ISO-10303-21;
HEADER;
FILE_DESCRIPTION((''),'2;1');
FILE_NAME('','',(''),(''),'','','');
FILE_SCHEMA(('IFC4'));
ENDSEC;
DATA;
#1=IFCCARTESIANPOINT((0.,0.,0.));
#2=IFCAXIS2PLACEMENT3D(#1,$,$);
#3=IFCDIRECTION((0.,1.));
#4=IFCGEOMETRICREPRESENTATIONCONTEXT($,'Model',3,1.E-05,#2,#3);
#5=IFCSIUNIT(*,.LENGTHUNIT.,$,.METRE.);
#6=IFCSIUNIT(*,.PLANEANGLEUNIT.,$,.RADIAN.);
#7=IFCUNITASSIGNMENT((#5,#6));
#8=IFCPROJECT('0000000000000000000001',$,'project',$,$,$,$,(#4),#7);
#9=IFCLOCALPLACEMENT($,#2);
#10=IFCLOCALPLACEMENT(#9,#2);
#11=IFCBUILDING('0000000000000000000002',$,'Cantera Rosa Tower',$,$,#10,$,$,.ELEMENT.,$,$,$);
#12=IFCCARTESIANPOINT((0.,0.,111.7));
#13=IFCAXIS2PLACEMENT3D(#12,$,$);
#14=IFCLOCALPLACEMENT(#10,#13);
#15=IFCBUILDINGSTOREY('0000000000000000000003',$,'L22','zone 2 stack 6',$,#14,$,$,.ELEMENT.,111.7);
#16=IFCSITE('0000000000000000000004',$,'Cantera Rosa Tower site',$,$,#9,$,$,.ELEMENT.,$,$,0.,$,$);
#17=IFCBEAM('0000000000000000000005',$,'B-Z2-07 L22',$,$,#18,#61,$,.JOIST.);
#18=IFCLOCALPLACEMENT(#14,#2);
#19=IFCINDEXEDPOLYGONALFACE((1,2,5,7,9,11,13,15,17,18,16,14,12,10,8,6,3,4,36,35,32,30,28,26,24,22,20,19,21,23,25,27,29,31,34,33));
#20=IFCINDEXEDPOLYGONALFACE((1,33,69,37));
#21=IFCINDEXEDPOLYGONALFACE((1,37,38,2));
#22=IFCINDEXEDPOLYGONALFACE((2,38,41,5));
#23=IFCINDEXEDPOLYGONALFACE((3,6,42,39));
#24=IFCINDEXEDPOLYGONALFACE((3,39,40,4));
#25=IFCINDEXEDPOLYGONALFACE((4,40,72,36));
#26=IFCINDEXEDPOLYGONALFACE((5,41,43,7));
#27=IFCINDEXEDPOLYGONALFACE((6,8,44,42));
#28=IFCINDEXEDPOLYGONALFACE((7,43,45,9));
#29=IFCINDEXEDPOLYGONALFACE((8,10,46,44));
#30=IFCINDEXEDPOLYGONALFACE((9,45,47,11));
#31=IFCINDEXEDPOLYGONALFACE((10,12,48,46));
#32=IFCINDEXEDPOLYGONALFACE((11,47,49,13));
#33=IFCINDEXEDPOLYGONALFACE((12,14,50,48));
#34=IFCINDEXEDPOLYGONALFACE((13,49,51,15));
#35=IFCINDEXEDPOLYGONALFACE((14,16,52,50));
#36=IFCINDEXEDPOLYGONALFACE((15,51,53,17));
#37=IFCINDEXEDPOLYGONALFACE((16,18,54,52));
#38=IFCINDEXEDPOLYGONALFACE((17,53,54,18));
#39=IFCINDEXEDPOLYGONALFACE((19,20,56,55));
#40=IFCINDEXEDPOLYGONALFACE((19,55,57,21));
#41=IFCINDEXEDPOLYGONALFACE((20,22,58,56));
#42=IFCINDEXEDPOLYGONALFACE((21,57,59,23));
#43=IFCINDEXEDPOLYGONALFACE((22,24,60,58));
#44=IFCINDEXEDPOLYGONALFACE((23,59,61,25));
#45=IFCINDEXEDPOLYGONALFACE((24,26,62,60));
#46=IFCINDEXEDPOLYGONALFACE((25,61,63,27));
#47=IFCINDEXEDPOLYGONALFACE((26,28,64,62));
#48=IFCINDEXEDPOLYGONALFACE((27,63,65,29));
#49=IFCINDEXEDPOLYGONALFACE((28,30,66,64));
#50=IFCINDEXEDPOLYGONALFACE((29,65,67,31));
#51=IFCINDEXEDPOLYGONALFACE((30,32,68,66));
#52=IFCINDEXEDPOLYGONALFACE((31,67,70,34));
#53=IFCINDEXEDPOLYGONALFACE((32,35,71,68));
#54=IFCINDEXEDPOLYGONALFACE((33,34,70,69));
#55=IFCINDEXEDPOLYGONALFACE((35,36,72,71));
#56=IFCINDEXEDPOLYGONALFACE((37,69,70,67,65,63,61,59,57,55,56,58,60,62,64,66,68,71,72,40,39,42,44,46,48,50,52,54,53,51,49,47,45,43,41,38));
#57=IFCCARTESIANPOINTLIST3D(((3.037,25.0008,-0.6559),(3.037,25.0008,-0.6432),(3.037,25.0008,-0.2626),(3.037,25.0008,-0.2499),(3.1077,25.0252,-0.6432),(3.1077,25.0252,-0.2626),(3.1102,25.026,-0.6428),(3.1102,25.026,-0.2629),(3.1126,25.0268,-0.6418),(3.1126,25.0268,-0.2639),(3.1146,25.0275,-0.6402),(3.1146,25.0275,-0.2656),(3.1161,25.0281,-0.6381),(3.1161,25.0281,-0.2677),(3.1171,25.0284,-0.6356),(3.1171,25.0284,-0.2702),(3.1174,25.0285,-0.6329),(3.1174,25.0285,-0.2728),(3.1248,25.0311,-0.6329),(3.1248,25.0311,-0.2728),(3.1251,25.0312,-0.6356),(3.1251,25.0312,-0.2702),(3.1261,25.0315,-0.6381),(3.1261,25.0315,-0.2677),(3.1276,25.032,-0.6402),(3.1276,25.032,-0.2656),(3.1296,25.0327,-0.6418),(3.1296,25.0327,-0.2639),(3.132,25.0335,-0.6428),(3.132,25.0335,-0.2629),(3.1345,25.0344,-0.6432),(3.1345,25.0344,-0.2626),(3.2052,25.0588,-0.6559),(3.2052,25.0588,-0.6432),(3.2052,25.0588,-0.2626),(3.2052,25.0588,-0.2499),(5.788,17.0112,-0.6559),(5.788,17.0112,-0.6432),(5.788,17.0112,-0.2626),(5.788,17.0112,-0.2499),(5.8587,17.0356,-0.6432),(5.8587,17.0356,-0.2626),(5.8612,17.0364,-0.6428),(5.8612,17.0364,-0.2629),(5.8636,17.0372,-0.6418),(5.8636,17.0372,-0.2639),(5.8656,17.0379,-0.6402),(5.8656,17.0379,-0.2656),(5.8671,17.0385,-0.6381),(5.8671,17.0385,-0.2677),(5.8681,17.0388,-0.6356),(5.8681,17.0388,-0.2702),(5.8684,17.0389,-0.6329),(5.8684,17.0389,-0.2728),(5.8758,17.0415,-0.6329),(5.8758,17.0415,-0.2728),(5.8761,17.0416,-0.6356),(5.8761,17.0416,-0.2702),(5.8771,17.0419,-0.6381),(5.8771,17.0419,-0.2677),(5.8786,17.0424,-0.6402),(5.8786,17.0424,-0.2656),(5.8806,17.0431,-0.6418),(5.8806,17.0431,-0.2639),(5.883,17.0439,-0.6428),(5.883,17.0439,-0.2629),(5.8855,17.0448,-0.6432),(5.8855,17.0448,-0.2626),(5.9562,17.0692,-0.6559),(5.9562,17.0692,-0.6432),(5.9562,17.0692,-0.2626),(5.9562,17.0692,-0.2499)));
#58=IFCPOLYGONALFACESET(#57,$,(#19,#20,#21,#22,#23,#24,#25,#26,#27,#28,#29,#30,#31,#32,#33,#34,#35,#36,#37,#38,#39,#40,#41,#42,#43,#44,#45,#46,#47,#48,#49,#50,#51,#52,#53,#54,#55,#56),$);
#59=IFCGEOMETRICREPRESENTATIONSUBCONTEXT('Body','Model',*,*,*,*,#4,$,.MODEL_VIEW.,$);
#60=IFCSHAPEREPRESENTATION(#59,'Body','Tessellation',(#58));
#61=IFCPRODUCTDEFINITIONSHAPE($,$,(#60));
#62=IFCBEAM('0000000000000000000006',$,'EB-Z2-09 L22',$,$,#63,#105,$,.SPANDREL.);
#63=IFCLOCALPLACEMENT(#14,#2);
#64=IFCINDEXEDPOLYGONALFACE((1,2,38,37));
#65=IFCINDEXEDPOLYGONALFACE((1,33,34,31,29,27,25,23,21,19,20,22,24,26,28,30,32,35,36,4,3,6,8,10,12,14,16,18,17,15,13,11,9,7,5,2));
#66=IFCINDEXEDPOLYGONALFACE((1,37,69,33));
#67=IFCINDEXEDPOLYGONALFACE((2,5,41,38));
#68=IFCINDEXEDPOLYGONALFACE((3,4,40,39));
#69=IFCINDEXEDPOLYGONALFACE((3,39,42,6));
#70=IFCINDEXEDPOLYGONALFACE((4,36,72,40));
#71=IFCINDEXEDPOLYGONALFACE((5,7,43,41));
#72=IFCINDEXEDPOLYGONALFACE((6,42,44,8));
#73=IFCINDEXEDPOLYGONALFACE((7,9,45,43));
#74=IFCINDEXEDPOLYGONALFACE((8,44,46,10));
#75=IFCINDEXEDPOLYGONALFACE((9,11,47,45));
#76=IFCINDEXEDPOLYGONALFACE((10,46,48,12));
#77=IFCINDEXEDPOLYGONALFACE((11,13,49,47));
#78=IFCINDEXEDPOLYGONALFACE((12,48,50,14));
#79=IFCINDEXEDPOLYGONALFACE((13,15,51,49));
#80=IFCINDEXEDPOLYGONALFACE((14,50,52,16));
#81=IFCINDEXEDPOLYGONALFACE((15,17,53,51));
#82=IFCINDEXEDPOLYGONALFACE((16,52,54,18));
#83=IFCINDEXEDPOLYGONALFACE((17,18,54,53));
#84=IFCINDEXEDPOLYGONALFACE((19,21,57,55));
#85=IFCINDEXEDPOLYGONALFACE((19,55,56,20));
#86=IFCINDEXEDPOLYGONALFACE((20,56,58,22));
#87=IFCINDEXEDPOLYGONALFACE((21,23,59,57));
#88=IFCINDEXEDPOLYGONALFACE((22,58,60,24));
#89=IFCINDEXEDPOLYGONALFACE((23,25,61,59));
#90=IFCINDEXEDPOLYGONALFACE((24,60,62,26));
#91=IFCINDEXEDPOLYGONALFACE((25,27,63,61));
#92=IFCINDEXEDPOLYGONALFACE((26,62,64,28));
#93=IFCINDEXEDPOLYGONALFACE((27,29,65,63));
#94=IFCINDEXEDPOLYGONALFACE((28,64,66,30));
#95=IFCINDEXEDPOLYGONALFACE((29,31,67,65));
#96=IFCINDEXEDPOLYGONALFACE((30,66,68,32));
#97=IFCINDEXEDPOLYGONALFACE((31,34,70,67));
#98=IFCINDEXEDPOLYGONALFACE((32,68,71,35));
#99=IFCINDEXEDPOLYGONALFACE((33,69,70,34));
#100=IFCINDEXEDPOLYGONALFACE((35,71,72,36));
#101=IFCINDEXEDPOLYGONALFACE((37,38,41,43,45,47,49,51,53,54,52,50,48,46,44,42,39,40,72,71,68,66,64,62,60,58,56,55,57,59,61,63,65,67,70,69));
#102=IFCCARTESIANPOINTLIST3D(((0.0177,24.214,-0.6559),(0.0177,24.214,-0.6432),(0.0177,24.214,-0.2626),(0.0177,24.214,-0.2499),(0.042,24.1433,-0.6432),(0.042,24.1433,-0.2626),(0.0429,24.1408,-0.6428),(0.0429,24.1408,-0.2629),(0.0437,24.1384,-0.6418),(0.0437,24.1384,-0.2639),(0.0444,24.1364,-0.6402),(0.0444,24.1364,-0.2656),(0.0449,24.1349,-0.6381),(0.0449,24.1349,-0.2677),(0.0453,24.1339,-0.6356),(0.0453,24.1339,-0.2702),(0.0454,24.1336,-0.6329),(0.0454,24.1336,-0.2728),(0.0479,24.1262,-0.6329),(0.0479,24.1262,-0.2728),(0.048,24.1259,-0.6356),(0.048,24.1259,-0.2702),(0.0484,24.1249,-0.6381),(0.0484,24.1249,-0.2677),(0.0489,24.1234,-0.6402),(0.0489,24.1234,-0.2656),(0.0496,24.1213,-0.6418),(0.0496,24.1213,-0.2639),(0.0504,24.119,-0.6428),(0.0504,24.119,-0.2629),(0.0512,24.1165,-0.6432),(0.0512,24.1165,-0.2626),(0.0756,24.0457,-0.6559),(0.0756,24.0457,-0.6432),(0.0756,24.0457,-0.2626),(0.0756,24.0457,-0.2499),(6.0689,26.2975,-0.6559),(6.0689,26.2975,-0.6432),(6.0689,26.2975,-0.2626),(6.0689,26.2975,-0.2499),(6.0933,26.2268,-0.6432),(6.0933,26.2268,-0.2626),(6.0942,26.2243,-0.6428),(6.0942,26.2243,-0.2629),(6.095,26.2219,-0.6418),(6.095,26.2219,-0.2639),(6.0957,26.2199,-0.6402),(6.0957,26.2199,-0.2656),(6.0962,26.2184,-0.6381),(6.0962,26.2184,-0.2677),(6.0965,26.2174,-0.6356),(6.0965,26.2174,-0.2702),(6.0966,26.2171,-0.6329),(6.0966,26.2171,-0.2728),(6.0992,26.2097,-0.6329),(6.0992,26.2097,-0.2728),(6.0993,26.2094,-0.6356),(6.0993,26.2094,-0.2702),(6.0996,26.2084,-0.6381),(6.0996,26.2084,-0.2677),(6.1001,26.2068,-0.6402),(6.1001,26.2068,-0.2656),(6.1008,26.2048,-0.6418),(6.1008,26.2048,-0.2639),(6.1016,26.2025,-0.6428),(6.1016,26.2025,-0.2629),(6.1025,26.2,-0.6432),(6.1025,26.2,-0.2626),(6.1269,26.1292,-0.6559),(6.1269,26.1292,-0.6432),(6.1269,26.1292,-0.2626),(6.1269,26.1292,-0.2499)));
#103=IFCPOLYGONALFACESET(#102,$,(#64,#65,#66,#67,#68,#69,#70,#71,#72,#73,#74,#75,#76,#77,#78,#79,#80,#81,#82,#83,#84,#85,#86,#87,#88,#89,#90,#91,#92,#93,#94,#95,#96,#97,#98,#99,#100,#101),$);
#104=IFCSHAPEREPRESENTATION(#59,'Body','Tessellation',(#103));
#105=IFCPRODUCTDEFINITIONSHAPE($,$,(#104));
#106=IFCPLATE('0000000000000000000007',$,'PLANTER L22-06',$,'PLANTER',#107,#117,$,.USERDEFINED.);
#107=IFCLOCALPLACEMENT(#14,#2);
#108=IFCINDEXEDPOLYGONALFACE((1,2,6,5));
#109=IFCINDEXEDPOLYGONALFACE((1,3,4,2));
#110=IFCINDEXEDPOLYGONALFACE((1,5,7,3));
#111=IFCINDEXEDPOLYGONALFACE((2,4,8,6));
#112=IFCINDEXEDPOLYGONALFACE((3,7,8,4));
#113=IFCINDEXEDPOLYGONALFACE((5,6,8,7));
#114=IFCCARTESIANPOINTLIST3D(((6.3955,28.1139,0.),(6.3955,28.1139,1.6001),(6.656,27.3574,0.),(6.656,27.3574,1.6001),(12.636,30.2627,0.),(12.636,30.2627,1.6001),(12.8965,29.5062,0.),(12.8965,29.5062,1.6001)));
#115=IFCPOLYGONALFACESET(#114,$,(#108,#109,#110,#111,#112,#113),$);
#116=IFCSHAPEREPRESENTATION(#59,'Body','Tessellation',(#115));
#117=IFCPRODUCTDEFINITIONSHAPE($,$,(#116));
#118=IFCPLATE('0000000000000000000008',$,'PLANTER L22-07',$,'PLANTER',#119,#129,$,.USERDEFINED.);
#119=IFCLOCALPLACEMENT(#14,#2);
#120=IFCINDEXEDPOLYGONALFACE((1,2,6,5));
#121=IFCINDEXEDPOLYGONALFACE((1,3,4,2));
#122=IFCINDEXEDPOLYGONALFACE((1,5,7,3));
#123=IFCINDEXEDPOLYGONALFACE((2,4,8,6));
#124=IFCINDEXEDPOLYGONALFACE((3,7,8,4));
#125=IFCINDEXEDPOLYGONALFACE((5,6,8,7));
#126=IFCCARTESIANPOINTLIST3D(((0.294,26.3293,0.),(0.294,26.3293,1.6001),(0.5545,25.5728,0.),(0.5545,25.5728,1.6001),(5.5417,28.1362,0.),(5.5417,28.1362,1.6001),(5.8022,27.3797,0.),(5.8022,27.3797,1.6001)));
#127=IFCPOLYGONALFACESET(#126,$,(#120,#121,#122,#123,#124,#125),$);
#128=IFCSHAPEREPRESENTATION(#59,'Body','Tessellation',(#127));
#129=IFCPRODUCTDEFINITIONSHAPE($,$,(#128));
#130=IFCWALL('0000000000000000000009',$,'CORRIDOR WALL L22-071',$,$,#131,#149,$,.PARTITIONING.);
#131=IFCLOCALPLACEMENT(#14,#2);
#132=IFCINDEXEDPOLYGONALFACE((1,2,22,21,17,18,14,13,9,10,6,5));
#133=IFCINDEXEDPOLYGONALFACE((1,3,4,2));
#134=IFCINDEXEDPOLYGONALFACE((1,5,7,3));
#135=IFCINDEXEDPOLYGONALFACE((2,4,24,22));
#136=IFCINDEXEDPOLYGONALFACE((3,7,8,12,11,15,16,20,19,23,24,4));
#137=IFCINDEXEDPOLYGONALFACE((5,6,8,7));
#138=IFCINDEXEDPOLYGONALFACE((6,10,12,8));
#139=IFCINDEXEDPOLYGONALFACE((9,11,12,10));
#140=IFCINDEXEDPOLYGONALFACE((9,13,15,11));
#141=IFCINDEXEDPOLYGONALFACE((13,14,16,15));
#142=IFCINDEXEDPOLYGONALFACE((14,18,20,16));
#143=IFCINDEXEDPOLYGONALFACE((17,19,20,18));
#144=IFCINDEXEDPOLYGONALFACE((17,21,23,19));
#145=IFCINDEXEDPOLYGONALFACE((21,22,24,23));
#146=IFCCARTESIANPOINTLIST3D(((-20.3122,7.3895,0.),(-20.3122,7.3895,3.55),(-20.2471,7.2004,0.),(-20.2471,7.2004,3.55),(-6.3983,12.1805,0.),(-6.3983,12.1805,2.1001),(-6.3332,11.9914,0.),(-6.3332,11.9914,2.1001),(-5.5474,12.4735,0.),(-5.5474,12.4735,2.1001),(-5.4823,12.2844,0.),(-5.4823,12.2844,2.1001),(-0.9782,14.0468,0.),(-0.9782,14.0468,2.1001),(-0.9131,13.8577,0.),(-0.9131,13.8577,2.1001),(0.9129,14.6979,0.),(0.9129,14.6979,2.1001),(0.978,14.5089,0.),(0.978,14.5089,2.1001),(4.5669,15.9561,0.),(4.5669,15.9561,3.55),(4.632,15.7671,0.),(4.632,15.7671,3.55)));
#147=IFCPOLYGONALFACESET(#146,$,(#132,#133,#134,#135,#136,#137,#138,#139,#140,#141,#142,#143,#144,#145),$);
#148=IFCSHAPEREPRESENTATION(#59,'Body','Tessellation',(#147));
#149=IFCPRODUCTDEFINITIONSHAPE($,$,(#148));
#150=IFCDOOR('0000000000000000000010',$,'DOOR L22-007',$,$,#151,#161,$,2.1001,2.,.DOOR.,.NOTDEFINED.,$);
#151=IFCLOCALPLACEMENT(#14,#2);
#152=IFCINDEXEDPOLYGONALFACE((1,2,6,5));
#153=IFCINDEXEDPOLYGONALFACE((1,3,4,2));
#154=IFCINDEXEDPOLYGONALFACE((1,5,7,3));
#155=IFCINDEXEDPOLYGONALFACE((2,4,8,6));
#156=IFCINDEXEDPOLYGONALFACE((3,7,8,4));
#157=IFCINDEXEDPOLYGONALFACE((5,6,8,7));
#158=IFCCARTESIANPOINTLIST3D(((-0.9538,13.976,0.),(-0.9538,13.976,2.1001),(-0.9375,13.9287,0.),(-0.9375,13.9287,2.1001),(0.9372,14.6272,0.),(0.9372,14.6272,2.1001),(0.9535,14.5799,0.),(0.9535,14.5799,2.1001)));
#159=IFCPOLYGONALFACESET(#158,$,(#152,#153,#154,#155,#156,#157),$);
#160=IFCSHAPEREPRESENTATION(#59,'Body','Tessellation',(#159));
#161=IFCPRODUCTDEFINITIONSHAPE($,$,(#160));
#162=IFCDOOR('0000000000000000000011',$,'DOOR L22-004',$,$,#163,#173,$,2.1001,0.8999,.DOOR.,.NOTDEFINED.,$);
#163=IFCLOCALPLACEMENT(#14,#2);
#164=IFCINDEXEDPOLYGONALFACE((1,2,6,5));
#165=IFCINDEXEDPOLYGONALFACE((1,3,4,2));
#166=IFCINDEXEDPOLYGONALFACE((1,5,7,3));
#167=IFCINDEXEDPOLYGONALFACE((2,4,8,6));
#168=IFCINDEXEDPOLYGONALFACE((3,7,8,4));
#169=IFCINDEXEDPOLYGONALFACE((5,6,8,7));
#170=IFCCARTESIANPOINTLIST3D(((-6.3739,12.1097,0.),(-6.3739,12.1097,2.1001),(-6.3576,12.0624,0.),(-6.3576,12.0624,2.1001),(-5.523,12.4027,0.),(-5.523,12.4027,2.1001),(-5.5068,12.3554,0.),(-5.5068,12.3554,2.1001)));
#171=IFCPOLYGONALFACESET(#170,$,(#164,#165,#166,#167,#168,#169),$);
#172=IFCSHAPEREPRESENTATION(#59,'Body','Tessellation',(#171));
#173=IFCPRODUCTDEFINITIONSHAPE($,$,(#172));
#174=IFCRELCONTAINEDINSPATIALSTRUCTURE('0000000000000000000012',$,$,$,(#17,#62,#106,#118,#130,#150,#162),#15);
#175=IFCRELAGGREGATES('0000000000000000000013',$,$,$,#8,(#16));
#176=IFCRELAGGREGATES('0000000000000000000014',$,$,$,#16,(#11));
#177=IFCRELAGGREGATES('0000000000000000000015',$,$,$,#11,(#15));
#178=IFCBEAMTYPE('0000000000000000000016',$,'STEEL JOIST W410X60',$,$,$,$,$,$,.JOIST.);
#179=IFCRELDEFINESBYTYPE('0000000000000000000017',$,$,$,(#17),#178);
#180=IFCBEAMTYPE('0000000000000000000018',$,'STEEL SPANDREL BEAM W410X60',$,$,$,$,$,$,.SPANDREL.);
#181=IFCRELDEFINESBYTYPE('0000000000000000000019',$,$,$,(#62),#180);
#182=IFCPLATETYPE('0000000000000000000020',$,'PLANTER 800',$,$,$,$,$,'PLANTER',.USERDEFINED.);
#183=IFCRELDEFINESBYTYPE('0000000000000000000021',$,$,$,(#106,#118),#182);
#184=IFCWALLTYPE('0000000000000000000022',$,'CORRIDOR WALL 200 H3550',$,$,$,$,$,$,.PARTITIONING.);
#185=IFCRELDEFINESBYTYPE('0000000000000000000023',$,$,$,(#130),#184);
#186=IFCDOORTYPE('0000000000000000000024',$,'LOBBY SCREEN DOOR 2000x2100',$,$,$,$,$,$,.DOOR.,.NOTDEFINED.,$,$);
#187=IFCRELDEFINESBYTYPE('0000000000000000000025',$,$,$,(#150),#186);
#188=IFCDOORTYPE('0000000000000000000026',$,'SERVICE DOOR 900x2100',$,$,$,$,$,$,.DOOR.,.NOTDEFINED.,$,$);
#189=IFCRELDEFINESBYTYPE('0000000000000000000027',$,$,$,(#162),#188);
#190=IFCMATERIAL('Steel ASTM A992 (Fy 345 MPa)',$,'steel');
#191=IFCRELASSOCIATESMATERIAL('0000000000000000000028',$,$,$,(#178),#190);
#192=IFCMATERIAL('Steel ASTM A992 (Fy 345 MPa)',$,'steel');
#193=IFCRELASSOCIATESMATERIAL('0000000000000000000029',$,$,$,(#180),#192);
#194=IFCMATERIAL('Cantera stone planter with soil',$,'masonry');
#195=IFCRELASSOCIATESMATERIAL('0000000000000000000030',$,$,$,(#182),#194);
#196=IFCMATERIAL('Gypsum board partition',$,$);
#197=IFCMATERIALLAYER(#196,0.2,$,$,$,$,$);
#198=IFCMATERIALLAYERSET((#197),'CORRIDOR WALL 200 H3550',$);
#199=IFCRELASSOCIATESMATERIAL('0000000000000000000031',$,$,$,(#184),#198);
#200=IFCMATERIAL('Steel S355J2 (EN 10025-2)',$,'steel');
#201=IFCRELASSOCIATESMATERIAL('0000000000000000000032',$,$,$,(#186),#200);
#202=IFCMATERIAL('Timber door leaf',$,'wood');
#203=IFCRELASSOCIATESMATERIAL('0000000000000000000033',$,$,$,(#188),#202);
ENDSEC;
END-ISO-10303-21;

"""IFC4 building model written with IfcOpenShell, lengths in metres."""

from ifc_helpers import new_model, si_unit, direction, frame, frame_2d, origin, origin_2d, place, context, subcontext, project, spatial, rectangle, i_section, extrude, material, layer, layer_set, material_profile, profile_set, type_object, element, fill, save


model = new_model("IFC4")

# Units and contexts
model_context = context("Model", 3, precision=1e-05, world=origin(), true_north=direction((0.0, 1.0)))
body_context = subcontext(model_context, "Body", "Model", "MODEL_VIEW")
ifc_project = project(units=[si_unit("LENGTHUNIT", "METRE"), si_unit("PLANEANGLEUNIT", "RADIAN")], contexts=[model_context])

# Site, building, storey
site_placement = place(None, origin())
site = spatial("IfcSite", under=ifc_project, at=site_placement, Name="Cantera Rosa Tower site", CompositionType="ELEMENT", RefElevation=0.0)
building_placement = place(site_placement, origin())
building = spatial("IfcBuilding", under=site, at=building_placement, Name="Cantera Rosa Tower", CompositionType="ELEMENT")
storey_placement = place(building_placement, frame((0.0, 0.0, 111.7)))
storey = spatial("IfcBuildingStorey", under=building, at=storey_placement, Name="L22", Description="zone 2 stack 6", CompositionType="ELEMENT", Elevation=111.7)

# Beams
ifc_material_1 = material(Name="Steel ASTM A992 (Fy 345 MPa)", Category="steel")
ifc_material_profile_1 = material_profile(ifc_material_1, i_section(OverallWidth=0.178, OverallDepth=0.406, WebThickness=0.0078, FlangeThickness=0.0127, FilletRadius=0.0103, at=origin_2d()), Name="W410X60")
ifc_profile_set_1 = profile_set([ifc_material_profile_1], Name="Steel ASTM A992 (Fy 345 MPa)")
beam_type_1 = type_object("IfcBeamType", Name="STEEL JOIST W410X60", PredefinedType="JOIST", material=ifc_profile_set_1)
beam_1_placement = place(storey_placement, frame((3.1211, 25.0298, -0.4529), z_axis=(0.325565, -0.94552, 0.0), x_axis=(0.94552, 0.325565, 0.0)))
element("IfcBeam", 1, at=beam_1_placement, inside=storey, type_object=beam_type_1, Name="B-Z2-07 L22", PredefinedType="JOIST", context=body_context, shape_type="SweptSolid", body=[
    extrude(i_section(OverallWidth=0.178, OverallDepth=0.406, WebThickness=0.0078, FlangeThickness=0.0127, FilletRadius=0.0103, at=origin_2d()), origin(), (0.0, 0.0, 1.0), 8.45),
])
ifc_material_2 = material(Name="Steel ASTM A992 (Fy 345 MPa)", Category="steel")
ifc_material_profile_2 = material_profile(ifc_material_2, i_section(OverallWidth=0.178, OverallDepth=0.406, WebThickness=0.0078, FlangeThickness=0.0127, FilletRadius=0.0103, at=origin_2d()), Name="W410X60")
ifc_profile_set_2 = profile_set([ifc_material_profile_2], Name="Steel ASTM A992 (Fy 345 MPa)")
beam_type_2 = type_object("IfcBeamType", Name="STEEL SPANDREL BEAM W410X60", PredefinedType="SPANDREL", material=ifc_profile_set_2)
beam_2_placement = place(storey_placement, frame((6.0979, 26.2134, -0.4529), z_axis=(-0.945524, -0.325551, 0.0), x_axis=(0.325551, -0.945524, 0.0)))
element("IfcBeam", 2, at=beam_2_placement, inside=storey, type_object=beam_type_2, Name="EB-Z2-09 L22", PredefinedType="SPANDREL", context=body_context, shape_type="SweptSolid", body=[
    extrude(i_section(OverallWidth=0.178, OverallDepth=0.406, WebThickness=0.0078, FlangeThickness=0.0127, FilletRadius=0.0103, at=origin_2d()), origin(), (0.0, 0.0, 1.0), 6.3999),
])

# Plates
ifc_material_3 = material(Name="Cantera stone planter with soil", Category="masonry")
plate_type = type_object("IfcPlateType", Name="PLANTER 800", ElementType="PLANTER", PredefinedType="USERDEFINED", material=ifc_material_3)
plate_1_placement = place(storey_placement, frame((9.646, 28.8101, 0.0), z_axis=(0.0, 0.0, 1.0), x_axis=(-0.945519, -0.325568, 0.0)))
element("IfcPlate", 3, at=plate_1_placement, inside=storey, type_object=plate_type, Name="PLANTER L22-06", ObjectType="PLANTER", PredefinedType="USERDEFINED", context=body_context, shape_type="SweptSolid", body=[
    extrude(rectangle(XDim=6.6001, YDim=0.8, at=origin_2d()), origin(), (0.0, 0.0, 1.0), 1.6001),
])
plate_2_placement = place(storey_placement, frame((3.0481, 26.8545, 0.0), z_axis=(0.0, 0.0, 1.0), x_axis=(-0.945519, -0.325568, 0.0)))
element("IfcPlate", 4, at=plate_2_placement, inside=storey, type_object=plate_type, Name="PLANTER L22-07", ObjectType="PLANTER", PredefinedType="USERDEFINED", context=body_context, shape_type="SweptSolid", body=[
    extrude(rectangle(XDim=5.55, YDim=0.8, at=origin_2d()), origin(), (0.0, 0.0, 1.0), 1.6001),
])

# Wall, openings, doors
ifc_material_4 = material(Name="Gypsum board partition")
ifc_layer_1 = layer(ifc_material_4, 0.2)
ifc_layer_set_1 = layer_set([ifc_layer_1], Name="CORRIDOR WALL 200 H3550")
wall_type_1 = type_object("IfcWallType", Name="CORRIDOR WALL 200 H3550", PredefinedType="PARTITIONING", material=ifc_layer_set_1)
wall_1_placement = place(storey_placement, frame((4.5994, 15.8616, 0.0), z_axis=(0.0, 0.0, 1.0), x_axis=(-0.945518, -0.325571, 0.0)))
wall_1 = element("IfcWall", 5, at=wall_1_placement, inside=storey, type_object=wall_type_1, Name="CORRIDOR WALL L22-071", PredefinedType="PARTITIONING", context=body_context, shape_type="SweptSolid", body=[
    extrude(rectangle(XDim=26.3127, YDim=0.2, at=frame_2d((13.1562, 0.0))), origin(), (0.0, 0.0, 1.0), 3.55),
])
opening_1_placement = place(wall_1_placement, frame((10.697, 0.0, 0.0)))
opening_1 = element("IfcOpeningElement", 6, at=opening_1_placement, cuts=wall_1, PredefinedType="OPENING", context=body_context, shape_type="SweptSolid", body=[
    extrude(rectangle(XDim=0.8999, YDim=2.1001, at=frame_2d((0.45, 1.05))), frame((0.0, 0.1099, 0.0), z_axis=(0.0, -1.0, 0.0), x_axis=(1.0, 0.0, 0.0)), (0.0, 0.0, 1.0), 0.22),
])
opening_2_placement = place(wall_1_placement, frame((3.8645, 0.0, 0.0)))
opening_2 = element("IfcOpeningElement", 7, at=opening_2_placement, cuts=wall_1, PredefinedType="OPENING", context=body_context, shape_type="SweptSolid", body=[
    extrude(rectangle(XDim=2.0, YDim=2.1001, at=frame_2d((1.0, 1.05))), frame((0.0, 0.1099, 0.0), z_axis=(0.0, -1.0, 0.0), x_axis=(1.0, 0.0, 0.0)), (0.0, 0.0, 1.0), 0.22),
])
ifc_material_5 = material(Name="Steel S355J2 (EN 10025-2)", Category="steel")
door_type_1 = type_object("IfcDoorType", Name="LOBBY SCREEN DOOR 2000x2100", OperationType="NOTDEFINED", PredefinedType="DOOR", material=ifc_material_5)
door_1_placement = place(opening_2_placement, origin())
door_1 = element("IfcDoor", 8, at=door_1_placement, inside=storey, type_object=door_type_1, Name="DOOR L22-007", OperationType="NOTDEFINED", OverallHeight=2.1001, OverallWidth=2.0, PredefinedType="DOOR", context=body_context, shape_type="SweptSolid", body=[
    extrude(rectangle(XDim=2.0, YDim=2.1001, at=frame_2d((1.0, 1.05))), frame((0.0, 0.0249, 0.0), z_axis=(0.0, -1.0, 0.0), x_axis=(1.0, 0.0, 0.0)), (0.0, 0.0, 1.0), 0.05),
])
fill(opening_2, door_1)
ifc_material_6 = material(Name="Timber door leaf", Category="wood")
door_type_2 = type_object("IfcDoorType", Name="SERVICE DOOR 900x2100", OperationType="NOTDEFINED", PredefinedType="DOOR", material=ifc_material_6)
door_2_placement = place(opening_1_placement, origin())
door_2 = element("IfcDoor", 9, at=door_2_placement, inside=storey, type_object=door_type_2, Name="DOOR L22-004", OperationType="NOTDEFINED", OverallHeight=2.1001, OverallWidth=0.8999, PredefinedType="DOOR", context=body_context, shape_type="SweptSolid", body=[
    extrude(rectangle(XDim=0.8999, YDim=2.1001, at=frame_2d((0.45, 1.05))), frame((0.0, 0.0249, 0.0), z_axis=(0.0, -1.0, 0.0), x_axis=(1.0, 0.0, 0.0)), (0.0, 0.0, 1.0), 0.05),
])
fill(opening_1, door_2)

save(model, "model.ifc")
